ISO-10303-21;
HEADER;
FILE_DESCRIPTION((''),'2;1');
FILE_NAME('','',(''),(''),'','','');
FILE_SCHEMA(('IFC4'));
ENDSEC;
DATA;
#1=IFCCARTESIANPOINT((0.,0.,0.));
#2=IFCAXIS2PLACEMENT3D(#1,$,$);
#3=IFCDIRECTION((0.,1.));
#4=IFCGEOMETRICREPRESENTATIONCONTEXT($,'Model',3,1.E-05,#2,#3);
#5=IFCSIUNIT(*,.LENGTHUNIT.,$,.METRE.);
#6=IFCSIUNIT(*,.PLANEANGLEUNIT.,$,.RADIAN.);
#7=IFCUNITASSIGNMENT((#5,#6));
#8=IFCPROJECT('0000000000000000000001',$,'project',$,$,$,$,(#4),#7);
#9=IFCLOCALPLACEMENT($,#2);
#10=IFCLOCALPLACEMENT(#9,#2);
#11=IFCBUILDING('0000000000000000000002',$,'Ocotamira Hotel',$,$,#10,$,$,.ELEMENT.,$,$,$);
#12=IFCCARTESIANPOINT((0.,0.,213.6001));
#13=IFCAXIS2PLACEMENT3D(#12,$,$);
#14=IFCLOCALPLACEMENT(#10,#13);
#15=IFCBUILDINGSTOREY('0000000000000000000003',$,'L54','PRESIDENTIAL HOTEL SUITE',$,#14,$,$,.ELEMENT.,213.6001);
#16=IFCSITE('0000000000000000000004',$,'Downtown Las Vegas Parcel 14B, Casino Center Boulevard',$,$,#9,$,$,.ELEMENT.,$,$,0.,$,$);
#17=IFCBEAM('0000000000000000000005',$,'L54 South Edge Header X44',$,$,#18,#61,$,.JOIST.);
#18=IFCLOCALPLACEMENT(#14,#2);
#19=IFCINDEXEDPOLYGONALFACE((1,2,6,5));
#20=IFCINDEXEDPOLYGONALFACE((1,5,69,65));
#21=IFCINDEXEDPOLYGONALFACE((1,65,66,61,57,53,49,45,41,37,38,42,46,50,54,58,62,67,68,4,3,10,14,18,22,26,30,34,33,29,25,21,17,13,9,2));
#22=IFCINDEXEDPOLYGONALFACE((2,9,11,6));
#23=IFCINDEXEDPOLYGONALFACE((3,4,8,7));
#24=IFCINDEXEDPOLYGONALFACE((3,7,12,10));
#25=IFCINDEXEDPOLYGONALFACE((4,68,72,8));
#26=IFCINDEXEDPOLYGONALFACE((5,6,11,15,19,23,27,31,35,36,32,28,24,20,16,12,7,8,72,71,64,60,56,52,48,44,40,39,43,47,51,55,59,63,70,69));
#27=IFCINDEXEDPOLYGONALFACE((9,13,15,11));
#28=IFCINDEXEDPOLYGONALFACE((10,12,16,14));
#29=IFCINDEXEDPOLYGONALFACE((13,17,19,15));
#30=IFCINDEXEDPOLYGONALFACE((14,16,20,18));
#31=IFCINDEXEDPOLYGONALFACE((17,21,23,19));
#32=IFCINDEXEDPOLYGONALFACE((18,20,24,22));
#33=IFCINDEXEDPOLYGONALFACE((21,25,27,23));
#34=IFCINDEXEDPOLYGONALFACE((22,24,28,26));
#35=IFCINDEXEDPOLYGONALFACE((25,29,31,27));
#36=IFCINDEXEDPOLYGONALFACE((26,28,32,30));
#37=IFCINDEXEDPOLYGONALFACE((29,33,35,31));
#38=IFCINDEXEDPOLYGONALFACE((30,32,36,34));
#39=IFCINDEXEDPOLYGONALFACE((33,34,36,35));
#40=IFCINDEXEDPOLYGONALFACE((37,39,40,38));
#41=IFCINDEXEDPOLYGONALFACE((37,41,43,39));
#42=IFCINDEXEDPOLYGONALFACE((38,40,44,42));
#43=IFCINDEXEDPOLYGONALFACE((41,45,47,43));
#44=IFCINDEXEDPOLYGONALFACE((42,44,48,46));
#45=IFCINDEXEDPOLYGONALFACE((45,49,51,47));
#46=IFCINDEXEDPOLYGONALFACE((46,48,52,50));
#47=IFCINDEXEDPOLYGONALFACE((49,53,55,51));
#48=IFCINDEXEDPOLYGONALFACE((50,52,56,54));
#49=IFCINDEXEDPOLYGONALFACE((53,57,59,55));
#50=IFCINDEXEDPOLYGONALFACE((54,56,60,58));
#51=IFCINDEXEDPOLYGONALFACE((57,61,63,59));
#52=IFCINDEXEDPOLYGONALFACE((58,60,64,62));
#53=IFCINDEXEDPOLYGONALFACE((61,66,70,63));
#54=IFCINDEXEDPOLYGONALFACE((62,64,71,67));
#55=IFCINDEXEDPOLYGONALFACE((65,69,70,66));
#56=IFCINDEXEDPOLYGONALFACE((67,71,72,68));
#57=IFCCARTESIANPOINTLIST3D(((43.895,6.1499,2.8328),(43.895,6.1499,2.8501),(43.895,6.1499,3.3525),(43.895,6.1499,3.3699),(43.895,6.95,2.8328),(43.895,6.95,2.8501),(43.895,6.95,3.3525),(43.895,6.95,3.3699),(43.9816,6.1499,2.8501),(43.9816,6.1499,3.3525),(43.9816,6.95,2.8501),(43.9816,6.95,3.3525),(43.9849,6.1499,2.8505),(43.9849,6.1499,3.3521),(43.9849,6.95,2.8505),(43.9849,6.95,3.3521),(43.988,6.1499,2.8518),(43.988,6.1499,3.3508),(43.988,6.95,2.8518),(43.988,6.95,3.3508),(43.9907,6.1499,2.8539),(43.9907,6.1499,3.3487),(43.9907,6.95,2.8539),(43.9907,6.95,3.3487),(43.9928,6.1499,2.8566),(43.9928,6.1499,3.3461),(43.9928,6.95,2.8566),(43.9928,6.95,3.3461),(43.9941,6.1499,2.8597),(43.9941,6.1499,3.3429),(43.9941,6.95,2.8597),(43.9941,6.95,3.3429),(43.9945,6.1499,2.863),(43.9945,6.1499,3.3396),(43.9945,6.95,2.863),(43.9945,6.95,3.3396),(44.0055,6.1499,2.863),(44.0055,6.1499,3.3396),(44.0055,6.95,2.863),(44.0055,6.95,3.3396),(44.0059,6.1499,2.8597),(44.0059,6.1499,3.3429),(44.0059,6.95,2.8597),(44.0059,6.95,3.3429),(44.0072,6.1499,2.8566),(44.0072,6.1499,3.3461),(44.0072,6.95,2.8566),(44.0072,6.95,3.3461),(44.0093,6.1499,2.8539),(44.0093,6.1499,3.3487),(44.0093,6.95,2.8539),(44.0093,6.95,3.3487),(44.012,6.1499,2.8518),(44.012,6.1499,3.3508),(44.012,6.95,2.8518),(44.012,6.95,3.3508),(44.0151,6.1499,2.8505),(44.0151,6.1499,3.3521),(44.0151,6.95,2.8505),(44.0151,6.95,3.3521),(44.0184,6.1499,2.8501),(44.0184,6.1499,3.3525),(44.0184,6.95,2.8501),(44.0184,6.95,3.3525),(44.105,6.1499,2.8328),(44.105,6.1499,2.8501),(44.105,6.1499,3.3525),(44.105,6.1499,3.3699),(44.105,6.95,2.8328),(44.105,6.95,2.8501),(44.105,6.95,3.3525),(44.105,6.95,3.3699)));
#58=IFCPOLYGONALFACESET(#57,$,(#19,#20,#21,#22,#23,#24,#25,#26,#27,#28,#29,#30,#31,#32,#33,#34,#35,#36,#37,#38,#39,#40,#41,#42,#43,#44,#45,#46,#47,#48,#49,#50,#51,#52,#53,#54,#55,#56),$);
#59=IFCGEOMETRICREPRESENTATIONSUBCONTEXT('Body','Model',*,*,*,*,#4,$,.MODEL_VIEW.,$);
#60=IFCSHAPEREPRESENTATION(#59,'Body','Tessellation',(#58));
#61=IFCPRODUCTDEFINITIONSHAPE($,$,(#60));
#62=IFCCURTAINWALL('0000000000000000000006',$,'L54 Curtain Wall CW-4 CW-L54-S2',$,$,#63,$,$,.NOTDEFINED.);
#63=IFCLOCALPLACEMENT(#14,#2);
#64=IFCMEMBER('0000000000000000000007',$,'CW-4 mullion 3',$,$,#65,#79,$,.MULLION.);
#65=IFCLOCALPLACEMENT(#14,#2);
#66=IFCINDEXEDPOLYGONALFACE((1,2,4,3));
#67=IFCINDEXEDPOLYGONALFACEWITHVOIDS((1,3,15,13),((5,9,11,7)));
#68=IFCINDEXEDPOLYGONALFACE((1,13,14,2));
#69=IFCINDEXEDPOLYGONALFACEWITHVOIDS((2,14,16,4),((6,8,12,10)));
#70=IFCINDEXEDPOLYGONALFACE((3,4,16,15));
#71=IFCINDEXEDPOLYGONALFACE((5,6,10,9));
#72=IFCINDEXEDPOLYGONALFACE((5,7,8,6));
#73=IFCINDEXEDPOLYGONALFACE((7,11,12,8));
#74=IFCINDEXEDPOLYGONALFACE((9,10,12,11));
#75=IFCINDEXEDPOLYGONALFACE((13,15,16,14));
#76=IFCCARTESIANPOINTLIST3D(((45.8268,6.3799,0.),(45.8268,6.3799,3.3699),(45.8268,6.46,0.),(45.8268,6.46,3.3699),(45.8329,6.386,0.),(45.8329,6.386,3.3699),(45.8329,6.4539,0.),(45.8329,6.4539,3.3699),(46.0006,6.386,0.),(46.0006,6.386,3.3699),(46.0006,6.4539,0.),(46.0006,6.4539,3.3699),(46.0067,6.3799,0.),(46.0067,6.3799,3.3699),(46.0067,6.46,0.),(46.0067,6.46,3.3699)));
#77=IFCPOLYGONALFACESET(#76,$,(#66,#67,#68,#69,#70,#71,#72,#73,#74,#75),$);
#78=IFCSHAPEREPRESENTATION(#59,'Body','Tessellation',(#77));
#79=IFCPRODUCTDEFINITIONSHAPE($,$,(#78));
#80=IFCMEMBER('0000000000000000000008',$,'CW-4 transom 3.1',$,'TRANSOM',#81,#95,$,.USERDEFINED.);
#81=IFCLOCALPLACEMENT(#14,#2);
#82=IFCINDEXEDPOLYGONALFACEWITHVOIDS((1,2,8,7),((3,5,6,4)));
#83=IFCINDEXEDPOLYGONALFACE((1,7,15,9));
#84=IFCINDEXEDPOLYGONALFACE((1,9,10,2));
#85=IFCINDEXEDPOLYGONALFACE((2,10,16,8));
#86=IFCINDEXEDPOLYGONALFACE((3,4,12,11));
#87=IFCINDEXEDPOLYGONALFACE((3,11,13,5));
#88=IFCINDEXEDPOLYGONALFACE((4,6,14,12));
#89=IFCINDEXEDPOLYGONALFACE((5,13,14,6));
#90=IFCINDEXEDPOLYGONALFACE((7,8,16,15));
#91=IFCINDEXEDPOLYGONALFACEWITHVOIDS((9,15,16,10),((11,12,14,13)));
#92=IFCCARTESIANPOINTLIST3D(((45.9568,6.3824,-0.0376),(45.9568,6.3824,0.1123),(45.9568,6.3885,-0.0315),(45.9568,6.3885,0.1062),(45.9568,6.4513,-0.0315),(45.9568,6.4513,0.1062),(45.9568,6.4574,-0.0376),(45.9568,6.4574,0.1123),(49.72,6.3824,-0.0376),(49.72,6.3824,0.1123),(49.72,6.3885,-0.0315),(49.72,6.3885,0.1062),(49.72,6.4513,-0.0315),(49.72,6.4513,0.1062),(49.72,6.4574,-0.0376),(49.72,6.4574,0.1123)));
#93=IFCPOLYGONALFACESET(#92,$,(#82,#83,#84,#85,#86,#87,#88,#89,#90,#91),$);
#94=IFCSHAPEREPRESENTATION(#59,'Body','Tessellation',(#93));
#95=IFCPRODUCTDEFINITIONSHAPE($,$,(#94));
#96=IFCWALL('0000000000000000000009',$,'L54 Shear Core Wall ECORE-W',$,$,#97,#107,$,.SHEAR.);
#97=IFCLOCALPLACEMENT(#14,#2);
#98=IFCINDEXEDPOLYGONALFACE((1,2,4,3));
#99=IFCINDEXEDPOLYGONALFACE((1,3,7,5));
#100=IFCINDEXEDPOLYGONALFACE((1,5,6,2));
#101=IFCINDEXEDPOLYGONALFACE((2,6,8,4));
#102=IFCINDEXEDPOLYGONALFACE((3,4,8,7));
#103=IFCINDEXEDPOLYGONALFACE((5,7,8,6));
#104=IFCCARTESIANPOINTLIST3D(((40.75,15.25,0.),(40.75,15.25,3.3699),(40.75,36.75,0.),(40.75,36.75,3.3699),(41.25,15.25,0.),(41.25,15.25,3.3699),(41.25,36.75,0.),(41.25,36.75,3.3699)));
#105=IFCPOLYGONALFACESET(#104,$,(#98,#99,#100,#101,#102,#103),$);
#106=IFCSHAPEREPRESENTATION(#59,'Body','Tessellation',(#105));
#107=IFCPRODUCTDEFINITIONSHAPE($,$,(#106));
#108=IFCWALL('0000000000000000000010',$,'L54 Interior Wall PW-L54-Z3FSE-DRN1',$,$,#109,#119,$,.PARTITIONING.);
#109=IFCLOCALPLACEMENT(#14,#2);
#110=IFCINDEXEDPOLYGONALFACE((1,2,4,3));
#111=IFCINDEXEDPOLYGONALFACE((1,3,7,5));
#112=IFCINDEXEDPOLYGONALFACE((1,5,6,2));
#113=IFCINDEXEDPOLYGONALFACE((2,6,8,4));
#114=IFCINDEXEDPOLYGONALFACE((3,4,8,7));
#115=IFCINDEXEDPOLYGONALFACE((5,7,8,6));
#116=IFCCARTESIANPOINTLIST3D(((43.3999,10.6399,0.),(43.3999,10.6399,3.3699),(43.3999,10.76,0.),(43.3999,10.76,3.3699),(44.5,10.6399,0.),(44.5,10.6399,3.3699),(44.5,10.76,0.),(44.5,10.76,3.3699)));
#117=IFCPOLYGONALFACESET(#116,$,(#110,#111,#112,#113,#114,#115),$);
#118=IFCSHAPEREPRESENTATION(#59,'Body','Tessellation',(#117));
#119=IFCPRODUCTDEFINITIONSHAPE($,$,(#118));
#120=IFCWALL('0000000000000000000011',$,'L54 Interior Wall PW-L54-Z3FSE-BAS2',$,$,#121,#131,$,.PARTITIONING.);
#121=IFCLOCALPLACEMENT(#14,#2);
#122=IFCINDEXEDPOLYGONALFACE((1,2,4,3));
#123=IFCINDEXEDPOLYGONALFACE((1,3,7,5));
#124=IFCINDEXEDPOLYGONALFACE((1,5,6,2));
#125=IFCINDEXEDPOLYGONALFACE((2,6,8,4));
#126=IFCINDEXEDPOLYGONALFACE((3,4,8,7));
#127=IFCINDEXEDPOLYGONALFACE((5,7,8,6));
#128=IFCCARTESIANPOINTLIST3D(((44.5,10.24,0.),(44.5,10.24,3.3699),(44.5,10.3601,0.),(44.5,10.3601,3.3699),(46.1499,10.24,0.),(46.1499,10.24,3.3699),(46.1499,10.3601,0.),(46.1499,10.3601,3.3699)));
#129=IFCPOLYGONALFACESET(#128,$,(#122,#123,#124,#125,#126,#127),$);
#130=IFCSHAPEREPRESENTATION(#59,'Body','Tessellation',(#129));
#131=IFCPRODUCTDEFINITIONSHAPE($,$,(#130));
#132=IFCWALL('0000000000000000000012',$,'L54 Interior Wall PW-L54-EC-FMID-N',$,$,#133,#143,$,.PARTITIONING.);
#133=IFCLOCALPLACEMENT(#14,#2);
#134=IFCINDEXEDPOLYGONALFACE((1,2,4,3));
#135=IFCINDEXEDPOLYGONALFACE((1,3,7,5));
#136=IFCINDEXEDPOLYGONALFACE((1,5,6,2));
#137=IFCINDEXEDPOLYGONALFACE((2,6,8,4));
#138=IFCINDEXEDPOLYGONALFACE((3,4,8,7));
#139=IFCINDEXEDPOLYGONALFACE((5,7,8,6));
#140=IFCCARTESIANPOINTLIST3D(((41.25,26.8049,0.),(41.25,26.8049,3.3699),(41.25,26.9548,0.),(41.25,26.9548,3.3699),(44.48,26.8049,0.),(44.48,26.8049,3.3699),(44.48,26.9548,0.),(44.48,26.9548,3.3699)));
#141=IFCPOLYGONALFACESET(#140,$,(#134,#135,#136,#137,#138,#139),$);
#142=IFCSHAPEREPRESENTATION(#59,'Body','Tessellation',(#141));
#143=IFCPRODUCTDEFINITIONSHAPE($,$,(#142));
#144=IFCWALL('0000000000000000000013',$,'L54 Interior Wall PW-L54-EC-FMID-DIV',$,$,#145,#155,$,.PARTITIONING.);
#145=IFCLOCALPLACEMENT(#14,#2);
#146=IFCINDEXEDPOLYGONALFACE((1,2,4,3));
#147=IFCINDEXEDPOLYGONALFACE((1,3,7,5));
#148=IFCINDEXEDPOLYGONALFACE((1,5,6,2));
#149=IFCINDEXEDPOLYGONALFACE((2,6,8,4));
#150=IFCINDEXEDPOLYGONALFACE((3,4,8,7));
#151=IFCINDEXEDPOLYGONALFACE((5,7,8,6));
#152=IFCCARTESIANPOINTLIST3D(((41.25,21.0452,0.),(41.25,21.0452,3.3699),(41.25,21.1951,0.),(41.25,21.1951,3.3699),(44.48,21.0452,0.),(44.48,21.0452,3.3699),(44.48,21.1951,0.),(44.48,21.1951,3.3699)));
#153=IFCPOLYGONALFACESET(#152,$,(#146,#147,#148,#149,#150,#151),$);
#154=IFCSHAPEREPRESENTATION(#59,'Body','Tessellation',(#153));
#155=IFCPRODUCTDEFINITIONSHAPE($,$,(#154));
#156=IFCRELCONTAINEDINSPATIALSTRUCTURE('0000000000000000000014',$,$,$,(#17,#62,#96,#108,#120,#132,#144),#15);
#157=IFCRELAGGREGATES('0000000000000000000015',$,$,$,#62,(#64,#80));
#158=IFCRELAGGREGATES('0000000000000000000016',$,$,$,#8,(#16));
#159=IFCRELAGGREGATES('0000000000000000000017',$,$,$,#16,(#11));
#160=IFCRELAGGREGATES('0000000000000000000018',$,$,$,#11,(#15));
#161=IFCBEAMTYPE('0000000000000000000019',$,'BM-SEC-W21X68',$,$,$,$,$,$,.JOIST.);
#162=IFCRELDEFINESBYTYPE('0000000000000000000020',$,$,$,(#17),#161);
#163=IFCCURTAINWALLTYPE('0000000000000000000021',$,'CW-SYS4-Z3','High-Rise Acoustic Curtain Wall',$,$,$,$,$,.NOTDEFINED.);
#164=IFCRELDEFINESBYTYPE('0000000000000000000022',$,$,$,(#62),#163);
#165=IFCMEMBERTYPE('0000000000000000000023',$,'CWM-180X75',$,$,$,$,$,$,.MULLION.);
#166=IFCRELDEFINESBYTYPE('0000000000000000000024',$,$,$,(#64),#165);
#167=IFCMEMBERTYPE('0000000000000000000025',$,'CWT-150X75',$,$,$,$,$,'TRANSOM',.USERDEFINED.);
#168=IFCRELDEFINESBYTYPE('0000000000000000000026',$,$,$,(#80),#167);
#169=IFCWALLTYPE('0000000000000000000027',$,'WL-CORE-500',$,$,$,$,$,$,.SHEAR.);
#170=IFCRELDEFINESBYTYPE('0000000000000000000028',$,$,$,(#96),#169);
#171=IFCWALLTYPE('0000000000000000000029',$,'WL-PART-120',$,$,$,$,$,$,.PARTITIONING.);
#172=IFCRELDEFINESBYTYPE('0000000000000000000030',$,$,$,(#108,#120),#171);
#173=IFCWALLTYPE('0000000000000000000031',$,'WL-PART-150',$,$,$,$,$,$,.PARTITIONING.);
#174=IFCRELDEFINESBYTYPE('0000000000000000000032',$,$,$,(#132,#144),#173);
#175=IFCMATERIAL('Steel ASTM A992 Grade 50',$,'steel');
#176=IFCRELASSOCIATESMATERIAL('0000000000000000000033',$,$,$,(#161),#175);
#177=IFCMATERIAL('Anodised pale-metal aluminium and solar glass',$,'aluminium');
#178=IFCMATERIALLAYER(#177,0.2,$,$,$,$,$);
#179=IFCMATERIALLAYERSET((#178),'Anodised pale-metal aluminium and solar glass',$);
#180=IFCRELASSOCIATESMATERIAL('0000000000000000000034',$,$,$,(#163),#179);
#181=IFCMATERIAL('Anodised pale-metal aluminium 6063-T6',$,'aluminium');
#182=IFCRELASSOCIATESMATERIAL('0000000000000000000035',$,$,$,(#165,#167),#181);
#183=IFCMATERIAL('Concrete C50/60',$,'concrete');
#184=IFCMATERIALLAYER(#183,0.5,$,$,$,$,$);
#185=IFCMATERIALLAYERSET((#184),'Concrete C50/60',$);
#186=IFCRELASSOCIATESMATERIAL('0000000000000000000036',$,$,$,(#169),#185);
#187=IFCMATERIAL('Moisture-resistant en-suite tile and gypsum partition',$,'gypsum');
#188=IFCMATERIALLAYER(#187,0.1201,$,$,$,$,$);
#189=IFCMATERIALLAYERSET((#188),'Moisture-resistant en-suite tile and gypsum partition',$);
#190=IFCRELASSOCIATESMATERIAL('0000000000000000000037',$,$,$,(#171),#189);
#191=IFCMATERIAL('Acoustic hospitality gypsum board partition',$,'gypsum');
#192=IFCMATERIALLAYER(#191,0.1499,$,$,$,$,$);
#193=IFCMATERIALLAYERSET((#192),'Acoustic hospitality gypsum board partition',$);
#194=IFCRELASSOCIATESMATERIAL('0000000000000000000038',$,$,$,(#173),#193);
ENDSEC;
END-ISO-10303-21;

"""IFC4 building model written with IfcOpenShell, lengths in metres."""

from ifc_helpers import new_model, si_unit, direction, frame, frame_2d, origin, origin_2d, place, context, subcontext, project, spatial, rectangle, hollow_rectangle, i_section, extrude, source, transform, mapped, material, layer, layer_set, material_profile, profile_set, type_object, element, aggregate, save


model = new_model("IFC4")

# Units and contexts
model_context = context("Model", 3, precision=1e-05, world=origin(), true_north=direction((0.0, 1.0)))
body_context = subcontext(model_context, "Body", "Model", "MODEL_VIEW")
ifc_project = project(units=[si_unit("LENGTHUNIT", "METRE"), si_unit("PLANEANGLEUNIT", "RADIAN")], contexts=[model_context])

# Site, building, storey
site_placement = place(None, origin())
site = spatial("IfcSite", under=ifc_project, at=site_placement, Name="Downtown Las Vegas Parcel 14B, Casino Center Boulevard", CompositionType="ELEMENT", RefElevation=0.0)
building_placement = place(site_placement, origin())
building = spatial("IfcBuilding", under=site, at=building_placement, Name="Ocotamira Hotel", CompositionType="ELEMENT")
storey_placement = place(building_placement, frame((0.0, 0.0, 213.6001)))
storey = spatial("IfcBuildingStorey", under=building, at=storey_placement, Name="L54", Description="PRESIDENTIAL HOTEL SUITE", CompositionType="ELEMENT", Elevation=213.6001)

# Beam
ifc_material_1 = material(Name="Steel ASTM A992 Grade 50", Category="steel")
ifc_material_profile_1 = material_profile(ifc_material_1, i_section(OverallWidth=0.21, OverallDepth=0.5371, WebThickness=0.011, FlangeThickness=0.0173, FilletRadius=0.0129, at=origin_2d()), Name="W21X68")
ifc_profile_set_1 = profile_set([ifc_material_profile_1], Name="Steel ASTM A992 Grade 50")
beam_type_1 = type_object("IfcBeamType", Name="BM-SEC-W21X68", PredefinedType="JOIST", material=ifc_profile_set_1)
shared_shape_1 = source(origin(), body_context, "Body", "SweptSolid", [
    extrude(i_section(OverallWidth=0.21, OverallDepth=0.5371, WebThickness=0.011, FlangeThickness=0.0173, FilletRadius=0.0129, at=origin_2d()), origin(), (0.0, 0.0, 1.0), 0.8),
])
beam_1_placement = place(storey_placement, frame((44.0, 6.95, 3.1013), z_axis=(0.0, -1.0, 0.0), x_axis=(1.0, 0.0, 0.0)))
element("IfcBeam", 1, at=beam_1_placement, inside=storey, type_object=beam_type_1, Name="L54 South Edge Header X44", PredefinedType="JOIST", context=body_context, shape_type="MappedRepresentation", body=[
    mapped(shared_shape_1, transform((0.0, 0.0, 0.0), scale=1.0)),
])

# Curtain wall, members
ifc_material_2 = material(Name="Anodised pale-metal aluminium and solar glass", Category="aluminium")
ifc_layer_1 = layer(ifc_material_2, 0.2)
ifc_layer_set_1 = layer_set([ifc_layer_1], Name="Anodised pale-metal aluminium and solar glass")
curtain_wall_type = type_object("IfcCurtainWallType", Name="CW-SYS4-Z3", Description="High-Rise Acoustic Curtain Wall", PredefinedType="NOTDEFINED", material=ifc_layer_set_1)
curtain_wall_placement = place(storey_placement, origin())
curtain_wall = element("IfcCurtainWall", 2, at=curtain_wall_placement, inside=storey, type_object=curtain_wall_type, Name="L54 Curtain Wall CW-4 CW-L54-S2", PredefinedType="NOTDEFINED")
ifc_material_3 = material(Name="Anodised pale-metal aluminium 6063-T6", Category="aluminium")
ifc_material_profile_2 = material_profile(ifc_material_3, hollow_rectangle(XDim=0.0801, YDim=0.1799, WallThickness=0.0061, at=origin_2d()), Name="HSS180X80X6")
ifc_profile_set_2 = profile_set([ifc_material_profile_2], Name="Anodised pale-metal aluminium 6063-T6")
member_type_1 = type_object("IfcMemberType", Name="CWM-180X75", PredefinedType="MULLION", material=ifc_profile_set_2)
shared_shape_2 = source(origin(), body_context, "Body", "SweptSolid", [
    extrude(hollow_rectangle(XDim=0.0801, YDim=0.1799, WallThickness=0.0061, at=origin_2d()), origin(), (0.0, 0.0, 1.0), 3.3699),
])
member_1_placement = place(storey_placement, frame((45.9167, 6.4199, 0.0), z_axis=(0.0, 0.0, 1.0), x_axis=(0.0, 1.0, 0.0)))
member_1 = element("IfcMember", 3, at=member_1_placement, type_object=member_type_1, Name="CW-4 mullion 3", PredefinedType="MULLION", context=body_context, shape_type="MappedRepresentation", body=[
    mapped(shared_shape_2, transform((0.0, 0.0, 0.0), scale=1.0)),
])
ifc_material_profile_3 = material_profile(ifc_material_3, hollow_rectangle(XDim=0.075, YDim=0.1499, WallThickness=0.0061, at=origin_2d()), Name="HSS150X75X6")
ifc_profile_set_3 = profile_set([ifc_material_profile_3], Name="Anodised pale-metal aluminium 6063-T6")
member_type_2 = type_object("IfcMemberType", Name="CWT-150X75", ElementType="TRANSOM", PredefinedType="USERDEFINED", material=ifc_profile_set_3)
shared_shape_3 = source(origin(), body_context, "Body", "SweptSolid", [
    extrude(hollow_rectangle(XDim=0.075, YDim=0.1499, WallThickness=0.0061, at=origin_2d()), origin(), (0.0, 0.0, 1.0), 3.7632),
])
member_2_placement = place(storey_placement, frame((45.9568, 6.4199, 0.0374), z_axis=(1.0, 0.0, 0.0), x_axis=(0.0, 1.0, 0.0)))
member_2 = element("IfcMember", 4, at=member_2_placement, type_object=member_type_2, Name="CW-4 transom 3.1", ObjectType="TRANSOM", PredefinedType="USERDEFINED", context=body_context, shape_type="MappedRepresentation", body=[
    mapped(shared_shape_3, transform((0.0, 0.0, 0.0), scale=1.0)),
])
aggregate(curtain_wall, [member_1, member_2])

# Shared definitions
ifc_material_4 = material(Name="Concrete C50/60", Category="concrete")
ifc_layer_2 = layer(ifc_material_4, 0.5)
ifc_layer_set_2 = layer_set([ifc_layer_2], Name="Concrete C50/60")
wall_type_1 = type_object("IfcWallType", Name="WL-CORE-500", PredefinedType="SHEAR", material=ifc_layer_set_2)

# Walls
wall_1_placement = place(storey_placement, frame((41.0, 15.25, 0.0), z_axis=(0.0, 0.0, 1.0), x_axis=(0.0, 1.0, 0.0)))
element("IfcWall", 5, at=wall_1_placement, inside=storey, type_object=wall_type_1, Name="L54 Shear Core Wall ECORE-W", PredefinedType="SHEAR", context=body_context, shape_type="SweptSolid", body=[
    extrude(rectangle(XDim=21.5, YDim=0.5, at=frame_2d((10.75, 0.0))), origin(), (0.0, 0.0, 1.0), 3.3699),
])
ifc_material_5 = material(Name="Moisture-resistant en-suite tile and gypsum partition", Category="gypsum")
ifc_layer_3 = layer(ifc_material_5, 0.1201)
ifc_layer_set_3 = layer_set([ifc_layer_3], Name="Moisture-resistant en-suite tile and gypsum partition")
wall_type_2 = type_object("IfcWallType", Name="WL-PART-120", PredefinedType="PARTITIONING", material=ifc_layer_set_3)
wall_2_placement = place(storey_placement, frame((43.3999, 10.7, 0.0), z_axis=(0.0, 0.0, 1.0), x_axis=(1.0, 0.0, 0.0)))
element("IfcWall", 6, at=wall_2_placement, inside=storey, type_object=wall_type_2, Name="L54 Interior Wall PW-L54-Z3FSE-DRN1", PredefinedType="PARTITIONING", context=body_context, shape_type="SweptSolid", body=[
    extrude(rectangle(XDim=1.1001, YDim=0.1201, at=frame_2d((0.55, 0.0))), origin(), (0.0, 0.0, 1.0), 3.3699),
])
wall_3_placement = place(storey_placement, frame((44.5, 10.3, 0.0), z_axis=(0.0, 0.0, 1.0), x_axis=(1.0, 0.0, 0.0)))
element("IfcWall", 7, at=wall_3_placement, inside=storey, type_object=wall_type_2, Name="L54 Interior Wall PW-L54-Z3FSE-BAS2", PredefinedType="PARTITIONING", context=body_context, shape_type="SweptSolid", body=[
    extrude(rectangle(XDim=1.6499, YDim=0.1201, at=frame_2d((0.825, 0.0))), origin(), (0.0, 0.0, 1.0), 3.3699),
])
ifc_material_6 = material(Name="Acoustic hospitality gypsum board partition", Category="gypsum")
ifc_layer_4 = layer(ifc_material_6, 0.1499)
ifc_layer_set_4 = layer_set([ifc_layer_4], Name="Acoustic hospitality gypsum board partition")
wall_type_3 = type_object("IfcWallType", Name="WL-PART-150", PredefinedType="PARTITIONING", material=ifc_layer_set_4)
for number, where, z_axis, x_axis, name in (
    (8, (41.25, 26.8799, 0.0), (0.0, 0.0, 1.0), (1.0, 0.0, 0.0), "L54 Interior Wall PW-L54-EC-FMID-N"),
    (9, (41.25, 21.1201, 0.0), (0.0, 0.0, 1.0), (1.0, 0.0, 0.0), "L54 Interior Wall PW-L54-EC-FMID-DIV"),
):
    element("IfcWall", number, at=place(storey_placement, frame(where, z_axis=z_axis, x_axis=x_axis)), inside=storey, type_object=wall_type_3, Name=name, PredefinedType="PARTITIONING", context=body_context, shape_type="SweptSolid", body=[
        extrude(rectangle(XDim=3.23, YDim=0.1499, at=frame_2d((1.615, 0.0))), origin(), (0.0, 0.0, 1.0), 3.3699),
    ])

save(model, "model.ifc")
